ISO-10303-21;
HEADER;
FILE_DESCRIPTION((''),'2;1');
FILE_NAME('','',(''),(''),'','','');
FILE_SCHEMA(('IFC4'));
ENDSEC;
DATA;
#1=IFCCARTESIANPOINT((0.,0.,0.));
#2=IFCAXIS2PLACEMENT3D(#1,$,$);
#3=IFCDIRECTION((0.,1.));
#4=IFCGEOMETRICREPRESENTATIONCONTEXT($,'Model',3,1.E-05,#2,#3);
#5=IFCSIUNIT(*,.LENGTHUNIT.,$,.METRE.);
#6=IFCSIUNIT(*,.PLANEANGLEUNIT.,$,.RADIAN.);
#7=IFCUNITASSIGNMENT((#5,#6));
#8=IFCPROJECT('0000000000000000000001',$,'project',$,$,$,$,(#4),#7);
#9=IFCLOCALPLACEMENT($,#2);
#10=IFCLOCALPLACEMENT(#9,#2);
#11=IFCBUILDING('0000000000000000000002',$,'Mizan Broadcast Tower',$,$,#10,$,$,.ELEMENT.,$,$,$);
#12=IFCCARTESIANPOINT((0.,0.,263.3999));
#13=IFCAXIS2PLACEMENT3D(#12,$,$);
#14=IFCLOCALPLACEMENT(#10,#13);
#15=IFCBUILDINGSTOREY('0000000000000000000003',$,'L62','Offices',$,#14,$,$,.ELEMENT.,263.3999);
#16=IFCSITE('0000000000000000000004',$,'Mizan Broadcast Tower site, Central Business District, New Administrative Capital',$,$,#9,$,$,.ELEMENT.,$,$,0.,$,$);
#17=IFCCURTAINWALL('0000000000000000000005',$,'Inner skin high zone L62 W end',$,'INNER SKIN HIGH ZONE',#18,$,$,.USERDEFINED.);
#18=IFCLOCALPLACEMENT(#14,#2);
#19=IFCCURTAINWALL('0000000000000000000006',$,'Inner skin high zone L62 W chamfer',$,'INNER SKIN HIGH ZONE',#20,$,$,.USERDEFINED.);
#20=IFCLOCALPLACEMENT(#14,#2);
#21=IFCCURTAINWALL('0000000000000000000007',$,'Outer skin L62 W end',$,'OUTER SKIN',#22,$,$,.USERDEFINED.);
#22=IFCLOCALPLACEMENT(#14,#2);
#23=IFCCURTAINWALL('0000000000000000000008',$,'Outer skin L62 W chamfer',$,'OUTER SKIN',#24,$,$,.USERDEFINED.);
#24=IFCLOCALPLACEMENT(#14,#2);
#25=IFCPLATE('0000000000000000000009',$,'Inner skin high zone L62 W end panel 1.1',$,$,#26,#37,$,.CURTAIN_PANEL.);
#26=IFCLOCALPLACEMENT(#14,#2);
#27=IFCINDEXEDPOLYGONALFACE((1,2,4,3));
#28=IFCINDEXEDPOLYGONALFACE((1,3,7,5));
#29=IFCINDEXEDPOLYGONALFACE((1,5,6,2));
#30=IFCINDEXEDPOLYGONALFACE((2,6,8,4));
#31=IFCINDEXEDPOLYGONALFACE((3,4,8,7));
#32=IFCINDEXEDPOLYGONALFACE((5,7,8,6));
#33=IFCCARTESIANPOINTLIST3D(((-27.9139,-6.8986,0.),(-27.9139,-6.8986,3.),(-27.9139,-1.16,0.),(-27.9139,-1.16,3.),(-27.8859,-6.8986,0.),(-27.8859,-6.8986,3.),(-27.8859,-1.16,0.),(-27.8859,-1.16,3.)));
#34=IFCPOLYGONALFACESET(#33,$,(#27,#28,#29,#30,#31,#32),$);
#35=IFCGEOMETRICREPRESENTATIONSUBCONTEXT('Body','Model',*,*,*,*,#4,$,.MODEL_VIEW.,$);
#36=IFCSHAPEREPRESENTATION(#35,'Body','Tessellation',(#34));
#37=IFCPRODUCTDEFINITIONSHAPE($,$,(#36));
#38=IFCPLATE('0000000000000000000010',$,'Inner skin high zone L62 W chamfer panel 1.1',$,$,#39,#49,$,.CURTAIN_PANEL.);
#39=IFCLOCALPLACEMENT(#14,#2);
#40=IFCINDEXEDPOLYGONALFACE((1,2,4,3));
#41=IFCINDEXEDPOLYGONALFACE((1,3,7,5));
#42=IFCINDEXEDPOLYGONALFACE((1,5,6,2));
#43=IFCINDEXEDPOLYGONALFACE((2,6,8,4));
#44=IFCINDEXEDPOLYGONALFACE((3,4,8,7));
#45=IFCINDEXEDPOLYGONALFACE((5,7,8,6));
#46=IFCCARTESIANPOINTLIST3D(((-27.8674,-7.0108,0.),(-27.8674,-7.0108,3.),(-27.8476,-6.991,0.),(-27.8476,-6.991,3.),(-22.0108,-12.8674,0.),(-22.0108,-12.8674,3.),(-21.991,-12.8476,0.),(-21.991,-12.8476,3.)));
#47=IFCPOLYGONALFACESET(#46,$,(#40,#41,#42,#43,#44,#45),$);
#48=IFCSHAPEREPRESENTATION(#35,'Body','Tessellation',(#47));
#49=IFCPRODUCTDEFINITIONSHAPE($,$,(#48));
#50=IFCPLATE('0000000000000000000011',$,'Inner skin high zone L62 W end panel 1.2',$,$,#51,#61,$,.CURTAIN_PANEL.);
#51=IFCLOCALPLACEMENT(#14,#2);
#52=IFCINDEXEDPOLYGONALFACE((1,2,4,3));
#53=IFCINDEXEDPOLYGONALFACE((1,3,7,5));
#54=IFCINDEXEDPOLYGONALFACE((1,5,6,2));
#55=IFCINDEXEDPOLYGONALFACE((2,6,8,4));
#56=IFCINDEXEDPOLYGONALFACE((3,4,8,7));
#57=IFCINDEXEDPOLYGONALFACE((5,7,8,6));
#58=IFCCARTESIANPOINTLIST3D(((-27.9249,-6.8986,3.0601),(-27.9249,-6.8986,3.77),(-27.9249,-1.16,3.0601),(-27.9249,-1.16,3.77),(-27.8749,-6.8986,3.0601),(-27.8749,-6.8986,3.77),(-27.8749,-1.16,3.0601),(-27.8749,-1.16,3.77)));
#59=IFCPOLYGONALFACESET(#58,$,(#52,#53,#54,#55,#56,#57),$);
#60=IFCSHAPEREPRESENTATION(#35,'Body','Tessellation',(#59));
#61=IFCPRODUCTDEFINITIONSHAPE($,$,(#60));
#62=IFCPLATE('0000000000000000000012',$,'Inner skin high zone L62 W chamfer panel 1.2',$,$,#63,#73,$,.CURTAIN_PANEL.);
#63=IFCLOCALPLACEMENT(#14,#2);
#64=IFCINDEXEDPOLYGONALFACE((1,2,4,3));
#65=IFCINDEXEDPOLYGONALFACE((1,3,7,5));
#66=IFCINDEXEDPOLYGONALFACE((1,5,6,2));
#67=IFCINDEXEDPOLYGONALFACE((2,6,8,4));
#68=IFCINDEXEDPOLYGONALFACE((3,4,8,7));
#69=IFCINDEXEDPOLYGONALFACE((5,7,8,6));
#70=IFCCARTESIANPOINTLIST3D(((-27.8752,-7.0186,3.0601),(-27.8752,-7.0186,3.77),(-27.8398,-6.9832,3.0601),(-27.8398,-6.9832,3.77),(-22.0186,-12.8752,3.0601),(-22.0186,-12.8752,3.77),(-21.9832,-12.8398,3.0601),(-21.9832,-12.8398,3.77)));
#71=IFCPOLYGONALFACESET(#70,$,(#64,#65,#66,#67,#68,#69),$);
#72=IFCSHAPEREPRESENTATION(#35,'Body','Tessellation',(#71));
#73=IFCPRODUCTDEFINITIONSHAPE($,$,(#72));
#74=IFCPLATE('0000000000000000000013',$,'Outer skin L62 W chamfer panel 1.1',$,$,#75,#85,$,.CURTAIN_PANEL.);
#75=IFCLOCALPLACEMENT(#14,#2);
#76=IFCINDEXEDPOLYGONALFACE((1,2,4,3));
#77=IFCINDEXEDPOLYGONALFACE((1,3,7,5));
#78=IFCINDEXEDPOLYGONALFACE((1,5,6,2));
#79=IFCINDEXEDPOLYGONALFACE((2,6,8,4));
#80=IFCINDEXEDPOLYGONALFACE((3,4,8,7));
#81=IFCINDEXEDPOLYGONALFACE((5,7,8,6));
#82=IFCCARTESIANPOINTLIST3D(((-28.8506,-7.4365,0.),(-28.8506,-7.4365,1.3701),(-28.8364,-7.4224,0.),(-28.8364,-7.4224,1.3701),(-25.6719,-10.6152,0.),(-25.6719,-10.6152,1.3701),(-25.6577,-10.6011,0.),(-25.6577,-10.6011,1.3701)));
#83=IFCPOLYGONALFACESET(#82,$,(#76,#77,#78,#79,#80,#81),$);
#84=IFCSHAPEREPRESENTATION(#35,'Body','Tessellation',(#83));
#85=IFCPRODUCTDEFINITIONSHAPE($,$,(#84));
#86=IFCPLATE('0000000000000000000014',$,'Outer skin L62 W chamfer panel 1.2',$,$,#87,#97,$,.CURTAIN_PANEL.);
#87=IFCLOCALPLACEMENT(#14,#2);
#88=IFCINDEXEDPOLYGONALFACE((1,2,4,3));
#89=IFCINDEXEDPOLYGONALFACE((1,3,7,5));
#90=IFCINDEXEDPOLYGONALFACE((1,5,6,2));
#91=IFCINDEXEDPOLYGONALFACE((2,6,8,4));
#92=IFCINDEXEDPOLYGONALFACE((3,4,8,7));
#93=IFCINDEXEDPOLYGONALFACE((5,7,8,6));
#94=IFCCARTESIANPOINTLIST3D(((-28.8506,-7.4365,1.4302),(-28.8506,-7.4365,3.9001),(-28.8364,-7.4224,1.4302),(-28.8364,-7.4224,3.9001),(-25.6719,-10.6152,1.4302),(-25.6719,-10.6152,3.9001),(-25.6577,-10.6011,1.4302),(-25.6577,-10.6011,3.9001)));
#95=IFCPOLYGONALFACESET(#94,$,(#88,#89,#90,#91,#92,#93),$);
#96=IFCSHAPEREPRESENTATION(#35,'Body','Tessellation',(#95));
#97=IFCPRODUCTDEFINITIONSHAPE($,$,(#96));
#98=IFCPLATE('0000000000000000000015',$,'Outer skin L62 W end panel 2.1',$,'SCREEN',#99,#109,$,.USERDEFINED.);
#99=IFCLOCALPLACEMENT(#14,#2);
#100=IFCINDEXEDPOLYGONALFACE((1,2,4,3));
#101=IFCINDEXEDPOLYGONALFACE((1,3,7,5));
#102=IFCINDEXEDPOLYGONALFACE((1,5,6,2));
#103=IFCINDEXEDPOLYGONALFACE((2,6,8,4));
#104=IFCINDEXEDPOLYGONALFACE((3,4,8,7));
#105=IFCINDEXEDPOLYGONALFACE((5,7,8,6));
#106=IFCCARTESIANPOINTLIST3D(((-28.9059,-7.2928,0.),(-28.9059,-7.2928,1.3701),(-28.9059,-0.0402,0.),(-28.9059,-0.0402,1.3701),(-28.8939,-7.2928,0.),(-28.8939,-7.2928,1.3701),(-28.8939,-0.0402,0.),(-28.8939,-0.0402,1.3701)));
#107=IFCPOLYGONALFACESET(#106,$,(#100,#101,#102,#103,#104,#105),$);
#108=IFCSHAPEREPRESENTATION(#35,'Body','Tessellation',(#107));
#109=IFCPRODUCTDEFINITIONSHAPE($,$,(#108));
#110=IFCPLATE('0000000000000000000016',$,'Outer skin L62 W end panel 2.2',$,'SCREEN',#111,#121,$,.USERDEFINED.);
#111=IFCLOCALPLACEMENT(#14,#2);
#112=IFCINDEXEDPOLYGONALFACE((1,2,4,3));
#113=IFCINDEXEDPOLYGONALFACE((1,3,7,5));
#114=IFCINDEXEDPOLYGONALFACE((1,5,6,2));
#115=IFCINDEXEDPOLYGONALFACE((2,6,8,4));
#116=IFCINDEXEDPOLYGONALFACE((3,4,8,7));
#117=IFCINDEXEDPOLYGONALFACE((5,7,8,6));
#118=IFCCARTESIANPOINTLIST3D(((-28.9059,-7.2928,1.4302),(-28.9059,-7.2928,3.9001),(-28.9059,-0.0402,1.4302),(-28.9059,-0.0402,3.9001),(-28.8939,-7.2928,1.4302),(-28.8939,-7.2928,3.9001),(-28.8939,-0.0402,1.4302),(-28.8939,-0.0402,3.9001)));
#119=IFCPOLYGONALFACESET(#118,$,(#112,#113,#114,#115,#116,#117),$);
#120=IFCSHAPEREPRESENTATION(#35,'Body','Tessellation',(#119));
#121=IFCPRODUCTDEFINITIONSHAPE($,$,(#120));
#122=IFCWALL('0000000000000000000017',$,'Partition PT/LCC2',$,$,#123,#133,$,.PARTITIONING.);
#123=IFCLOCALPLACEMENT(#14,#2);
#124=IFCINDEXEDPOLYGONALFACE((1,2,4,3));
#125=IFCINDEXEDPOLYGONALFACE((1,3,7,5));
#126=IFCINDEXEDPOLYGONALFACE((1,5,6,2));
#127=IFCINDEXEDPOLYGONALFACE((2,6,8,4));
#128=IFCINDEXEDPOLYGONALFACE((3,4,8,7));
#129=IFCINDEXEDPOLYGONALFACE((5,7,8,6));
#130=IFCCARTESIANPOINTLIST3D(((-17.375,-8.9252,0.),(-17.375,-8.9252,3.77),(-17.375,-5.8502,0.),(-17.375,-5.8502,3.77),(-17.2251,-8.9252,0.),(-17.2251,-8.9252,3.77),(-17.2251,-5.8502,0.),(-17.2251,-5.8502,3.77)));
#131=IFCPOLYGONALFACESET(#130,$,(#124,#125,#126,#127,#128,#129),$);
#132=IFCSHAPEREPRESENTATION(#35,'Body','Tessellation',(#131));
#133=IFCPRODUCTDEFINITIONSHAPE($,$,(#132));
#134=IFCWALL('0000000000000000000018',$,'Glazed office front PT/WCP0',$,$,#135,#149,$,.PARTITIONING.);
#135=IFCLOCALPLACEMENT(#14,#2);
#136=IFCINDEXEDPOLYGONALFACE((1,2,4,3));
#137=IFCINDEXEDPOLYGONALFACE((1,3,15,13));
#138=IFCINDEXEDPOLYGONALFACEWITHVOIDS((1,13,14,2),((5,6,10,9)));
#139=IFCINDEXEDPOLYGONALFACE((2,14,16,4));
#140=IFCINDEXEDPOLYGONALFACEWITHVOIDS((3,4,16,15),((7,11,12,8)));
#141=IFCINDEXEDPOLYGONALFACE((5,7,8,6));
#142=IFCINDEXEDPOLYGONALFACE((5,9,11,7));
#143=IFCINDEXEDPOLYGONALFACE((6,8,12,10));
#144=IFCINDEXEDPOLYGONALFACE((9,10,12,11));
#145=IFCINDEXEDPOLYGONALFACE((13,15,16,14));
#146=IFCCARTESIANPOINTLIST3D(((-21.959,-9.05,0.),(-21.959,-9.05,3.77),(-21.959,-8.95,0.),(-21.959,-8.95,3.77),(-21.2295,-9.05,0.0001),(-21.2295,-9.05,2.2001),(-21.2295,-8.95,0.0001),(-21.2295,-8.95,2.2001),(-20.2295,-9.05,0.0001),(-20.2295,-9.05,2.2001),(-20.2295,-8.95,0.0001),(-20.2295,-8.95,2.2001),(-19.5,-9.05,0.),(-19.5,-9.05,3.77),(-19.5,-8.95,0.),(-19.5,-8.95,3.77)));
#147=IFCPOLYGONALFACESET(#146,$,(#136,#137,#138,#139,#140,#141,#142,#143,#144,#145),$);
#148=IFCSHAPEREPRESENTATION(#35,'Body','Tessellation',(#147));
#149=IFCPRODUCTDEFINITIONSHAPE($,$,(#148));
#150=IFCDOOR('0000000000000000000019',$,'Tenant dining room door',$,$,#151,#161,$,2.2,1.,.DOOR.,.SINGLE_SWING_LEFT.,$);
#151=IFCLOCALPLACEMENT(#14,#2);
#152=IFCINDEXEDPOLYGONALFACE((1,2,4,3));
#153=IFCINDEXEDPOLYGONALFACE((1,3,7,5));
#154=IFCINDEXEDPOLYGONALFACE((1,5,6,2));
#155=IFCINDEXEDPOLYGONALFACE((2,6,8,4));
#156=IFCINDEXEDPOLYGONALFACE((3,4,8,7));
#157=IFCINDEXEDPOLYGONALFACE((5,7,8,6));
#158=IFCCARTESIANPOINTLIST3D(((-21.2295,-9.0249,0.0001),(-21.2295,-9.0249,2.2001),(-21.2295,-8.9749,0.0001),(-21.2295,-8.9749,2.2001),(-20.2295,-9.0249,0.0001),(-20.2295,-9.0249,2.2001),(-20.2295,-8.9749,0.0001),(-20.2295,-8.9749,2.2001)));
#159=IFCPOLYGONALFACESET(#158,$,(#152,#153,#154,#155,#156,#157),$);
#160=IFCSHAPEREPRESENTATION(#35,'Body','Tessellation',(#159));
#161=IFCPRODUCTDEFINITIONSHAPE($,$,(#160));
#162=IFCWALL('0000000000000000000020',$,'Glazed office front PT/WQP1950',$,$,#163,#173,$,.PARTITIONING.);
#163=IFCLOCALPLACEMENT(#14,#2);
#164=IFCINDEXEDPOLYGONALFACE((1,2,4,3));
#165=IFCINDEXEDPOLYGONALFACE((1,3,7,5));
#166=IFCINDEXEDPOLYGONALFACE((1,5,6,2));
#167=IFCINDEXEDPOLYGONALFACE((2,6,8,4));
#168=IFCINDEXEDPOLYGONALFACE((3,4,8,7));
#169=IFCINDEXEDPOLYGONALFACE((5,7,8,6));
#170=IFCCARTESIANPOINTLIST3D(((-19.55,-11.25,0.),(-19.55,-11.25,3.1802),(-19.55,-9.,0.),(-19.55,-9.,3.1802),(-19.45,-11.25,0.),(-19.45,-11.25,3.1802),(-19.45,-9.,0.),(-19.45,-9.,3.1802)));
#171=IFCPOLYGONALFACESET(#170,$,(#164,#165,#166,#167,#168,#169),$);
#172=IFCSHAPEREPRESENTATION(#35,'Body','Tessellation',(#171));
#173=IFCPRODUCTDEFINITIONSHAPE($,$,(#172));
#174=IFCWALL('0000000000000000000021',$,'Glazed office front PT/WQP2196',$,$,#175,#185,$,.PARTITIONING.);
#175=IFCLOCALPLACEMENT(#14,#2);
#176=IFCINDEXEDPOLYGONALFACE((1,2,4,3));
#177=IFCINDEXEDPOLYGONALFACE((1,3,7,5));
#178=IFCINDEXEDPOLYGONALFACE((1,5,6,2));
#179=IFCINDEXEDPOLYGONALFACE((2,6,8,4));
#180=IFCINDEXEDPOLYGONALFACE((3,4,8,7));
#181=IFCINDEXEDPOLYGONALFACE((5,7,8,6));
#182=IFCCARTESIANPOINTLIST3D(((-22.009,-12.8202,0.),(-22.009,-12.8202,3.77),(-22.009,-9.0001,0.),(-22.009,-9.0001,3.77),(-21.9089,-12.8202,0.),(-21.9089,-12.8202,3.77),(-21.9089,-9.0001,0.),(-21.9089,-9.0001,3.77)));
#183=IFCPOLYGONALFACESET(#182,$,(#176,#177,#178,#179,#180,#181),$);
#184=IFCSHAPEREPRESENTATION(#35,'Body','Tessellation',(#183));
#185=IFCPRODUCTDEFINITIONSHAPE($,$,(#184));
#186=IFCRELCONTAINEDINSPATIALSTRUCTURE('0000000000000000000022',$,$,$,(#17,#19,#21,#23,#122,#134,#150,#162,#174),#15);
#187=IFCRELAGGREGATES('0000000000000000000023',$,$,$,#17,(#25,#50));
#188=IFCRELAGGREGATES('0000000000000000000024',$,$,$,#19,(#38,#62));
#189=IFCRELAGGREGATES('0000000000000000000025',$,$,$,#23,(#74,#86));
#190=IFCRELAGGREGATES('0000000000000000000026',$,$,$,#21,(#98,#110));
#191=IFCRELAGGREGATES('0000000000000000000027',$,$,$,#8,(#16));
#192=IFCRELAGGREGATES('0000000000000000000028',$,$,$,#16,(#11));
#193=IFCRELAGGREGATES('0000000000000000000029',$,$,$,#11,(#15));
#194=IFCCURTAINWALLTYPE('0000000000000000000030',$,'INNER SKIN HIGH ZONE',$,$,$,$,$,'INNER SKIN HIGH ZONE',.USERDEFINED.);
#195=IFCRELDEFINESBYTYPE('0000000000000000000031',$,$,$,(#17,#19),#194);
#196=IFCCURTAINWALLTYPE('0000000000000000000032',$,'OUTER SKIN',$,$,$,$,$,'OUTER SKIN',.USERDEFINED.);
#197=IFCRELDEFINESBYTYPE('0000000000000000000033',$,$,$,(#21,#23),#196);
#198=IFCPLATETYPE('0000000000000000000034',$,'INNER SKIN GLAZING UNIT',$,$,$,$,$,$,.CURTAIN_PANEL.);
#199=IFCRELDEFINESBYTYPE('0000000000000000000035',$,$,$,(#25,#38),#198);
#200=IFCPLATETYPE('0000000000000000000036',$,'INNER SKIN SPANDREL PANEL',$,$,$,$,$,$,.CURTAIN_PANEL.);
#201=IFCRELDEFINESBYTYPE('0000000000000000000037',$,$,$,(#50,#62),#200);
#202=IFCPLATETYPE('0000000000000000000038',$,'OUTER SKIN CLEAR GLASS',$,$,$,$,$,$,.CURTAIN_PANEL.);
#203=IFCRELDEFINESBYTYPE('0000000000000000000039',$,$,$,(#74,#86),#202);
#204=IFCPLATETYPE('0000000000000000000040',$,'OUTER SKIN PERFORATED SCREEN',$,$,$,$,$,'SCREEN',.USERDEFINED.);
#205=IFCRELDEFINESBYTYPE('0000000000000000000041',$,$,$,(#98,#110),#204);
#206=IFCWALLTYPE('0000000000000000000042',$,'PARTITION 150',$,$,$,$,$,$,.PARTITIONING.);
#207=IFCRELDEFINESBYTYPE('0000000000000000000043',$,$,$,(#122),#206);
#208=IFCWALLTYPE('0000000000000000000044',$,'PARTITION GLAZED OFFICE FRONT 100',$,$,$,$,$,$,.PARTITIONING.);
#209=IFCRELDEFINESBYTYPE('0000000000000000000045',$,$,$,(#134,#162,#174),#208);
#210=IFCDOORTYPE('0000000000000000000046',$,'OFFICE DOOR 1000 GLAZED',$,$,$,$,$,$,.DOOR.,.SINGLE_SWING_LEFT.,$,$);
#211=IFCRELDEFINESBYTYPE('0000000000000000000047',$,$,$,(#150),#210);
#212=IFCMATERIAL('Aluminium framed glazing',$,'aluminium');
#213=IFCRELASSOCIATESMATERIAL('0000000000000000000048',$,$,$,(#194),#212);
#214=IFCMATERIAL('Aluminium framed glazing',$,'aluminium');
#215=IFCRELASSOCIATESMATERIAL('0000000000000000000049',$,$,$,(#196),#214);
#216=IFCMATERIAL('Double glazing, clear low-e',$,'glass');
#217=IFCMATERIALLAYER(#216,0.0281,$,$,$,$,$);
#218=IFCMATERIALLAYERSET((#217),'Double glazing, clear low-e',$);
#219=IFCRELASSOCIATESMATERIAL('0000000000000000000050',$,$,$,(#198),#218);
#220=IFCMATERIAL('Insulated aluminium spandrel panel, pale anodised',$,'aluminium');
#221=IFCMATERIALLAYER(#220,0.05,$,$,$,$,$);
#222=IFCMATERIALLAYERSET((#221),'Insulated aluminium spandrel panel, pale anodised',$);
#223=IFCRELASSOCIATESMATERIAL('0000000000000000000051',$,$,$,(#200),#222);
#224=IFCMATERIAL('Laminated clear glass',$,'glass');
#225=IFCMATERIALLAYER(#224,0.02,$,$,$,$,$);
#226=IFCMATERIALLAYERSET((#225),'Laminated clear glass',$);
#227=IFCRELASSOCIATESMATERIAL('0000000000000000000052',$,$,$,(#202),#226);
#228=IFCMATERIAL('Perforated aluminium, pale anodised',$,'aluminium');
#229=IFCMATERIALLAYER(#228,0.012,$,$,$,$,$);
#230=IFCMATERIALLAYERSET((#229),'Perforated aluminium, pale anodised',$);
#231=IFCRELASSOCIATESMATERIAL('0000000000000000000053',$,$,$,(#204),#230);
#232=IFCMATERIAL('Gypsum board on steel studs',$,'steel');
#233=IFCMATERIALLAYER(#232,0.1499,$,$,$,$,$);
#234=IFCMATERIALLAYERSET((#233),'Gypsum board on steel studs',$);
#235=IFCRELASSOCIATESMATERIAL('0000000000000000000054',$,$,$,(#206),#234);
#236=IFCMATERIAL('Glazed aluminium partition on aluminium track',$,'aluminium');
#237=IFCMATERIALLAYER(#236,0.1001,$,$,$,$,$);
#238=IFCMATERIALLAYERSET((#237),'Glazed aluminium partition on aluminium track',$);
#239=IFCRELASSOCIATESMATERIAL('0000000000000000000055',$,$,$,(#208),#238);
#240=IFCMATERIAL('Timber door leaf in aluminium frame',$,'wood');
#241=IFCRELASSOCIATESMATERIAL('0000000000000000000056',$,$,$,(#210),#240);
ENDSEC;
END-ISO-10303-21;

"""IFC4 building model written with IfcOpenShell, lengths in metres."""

from ifc_helpers import new_model, si_unit, direction, frame, frame_2d, origin, origin_2d, place, context, subcontext, project, spatial, rectangle, extrude, material, layer, layer_set, type_object, element, fill, aggregate, save


model = new_model("IFC4")

# Units and contexts
model_context = context("Model", 3, precision=1e-05, world=origin(), true_north=direction((0.0, 1.0)))
body_context = subcontext(model_context, "Body", "Model", "MODEL_VIEW")
ifc_project = project(units=[si_unit("LENGTHUNIT", "METRE"), si_unit("PLANEANGLEUNIT", "RADIAN")], contexts=[model_context])

# Site, building, storey
site_placement = place(None, origin())
site = spatial("IfcSite", under=ifc_project, at=site_placement, Name="Mizan Broadcast Tower site, Central Business District, New Administrative Capital", CompositionType="ELEMENT", RefElevation=0.0)
building_placement = place(site_placement, origin())
building = spatial("IfcBuilding", under=site, at=building_placement, Name="Mizan Broadcast Tower", CompositionType="ELEMENT")
storey_placement = place(building_placement, frame((0.0, 0.0, 263.3999)))
storey = spatial("IfcBuildingStorey", under=building, at=storey_placement, Name="L62", Description="Offices", CompositionType="ELEMENT", Elevation=263.3999)

# Curtain wall
ifc_material_1 = material(Name="Aluminium framed glazing", Category="aluminium")
curtain_wall_type_1 = type_object("IfcCurtainWallType", Name="INNER SKIN HIGH ZONE", ElementType="INNER SKIN HIGH ZONE", PredefinedType="USERDEFINED", material=ifc_material_1)
curtain_wall_1_placement = place(storey_placement, origin())
curtain_wall_1 = element("IfcCurtainWall", 1, at=curtain_wall_1_placement, inside=storey, type_object=curtain_wall_type_1, Name="Inner skin high zone L62 W end", ObjectType="INNER SKIN HIGH ZONE", PredefinedType="USERDEFINED")

# Curtain walls
curtain_wall_2_placement = place(storey_placement, origin())
curtain_wall_2 = element("IfcCurtainWall", 2, at=curtain_wall_2_placement, inside=storey, type_object=curtain_wall_type_1, Name="Inner skin high zone L62 W chamfer", ObjectType="INNER SKIN HIGH ZONE", PredefinedType="USERDEFINED")
ifc_material_2 = material(Name="Aluminium framed glazing", Category="aluminium")
curtain_wall_type_2 = type_object("IfcCurtainWallType", Name="OUTER SKIN", ElementType="OUTER SKIN", PredefinedType="USERDEFINED", material=ifc_material_2)
curtain_wall_3_placement = place(storey_placement, origin())
curtain_wall_3 = element("IfcCurtainWall", 3, at=curtain_wall_3_placement, inside=storey, type_object=curtain_wall_type_2, Name="Outer skin L62 W end", ObjectType="OUTER SKIN", PredefinedType="USERDEFINED")

# Curtain wall
curtain_wall_4_placement = place(storey_placement, origin())
curtain_wall_4 = element("IfcCurtainWall", 4, at=curtain_wall_4_placement, inside=storey, type_object=curtain_wall_type_2, Name="Outer skin L62 W chamfer", ObjectType="OUTER SKIN", PredefinedType="USERDEFINED")

# Plates
ifc_material_3 = material(Name="Double glazing, clear low-e", Category="glass")
ifc_layer_1 = layer(ifc_material_3, 0.0281)
ifc_layer_set_1 = layer_set([ifc_layer_1], Name="Double glazing, clear low-e")
plate_type_1 = type_object("IfcPlateType", Name="INNER SKIN GLAZING UNIT", PredefinedType="CURTAIN_PANEL", material=ifc_layer_set_1)
plate_1_placement = place(storey_placement, frame((-27.8999, -4.0293, 0.0), z_axis=(0.0, 0.0, 1.0), x_axis=(0.0, -1.0, 0.0)))
plate_1 = element("IfcPlate", 5, at=plate_1_placement, type_object=plate_type_1, Name="Inner skin high zone L62 W end panel 1.1", PredefinedType="CURTAIN_PANEL", context=body_context, shape_type="SweptSolid", body=[
    extrude(rectangle(XDim=5.7385, YDim=0.0281, at=origin_2d()), origin(), (0.0, 0.0, 1.0), 3.0),
])
plate_2_placement = place(storey_placement, frame((-24.9292, -9.9292, 0.0), z_axis=(0.0, 0.0, 1.0), x_axis=(0.707107, -0.707107, 0.0)))
plate_2 = element("IfcPlate", 6, at=plate_2_placement, type_object=plate_type_1, Name="Inner skin high zone L62 W chamfer panel 1.1", PredefinedType="CURTAIN_PANEL", context=body_context, shape_type="SweptSolid", body=[
    extrude(rectangle(XDim=8.2825, YDim=0.0281, at=origin_2d()), origin(), (0.0, 0.0, 1.0), 3.0),
])
ifc_material_4 = material(Name="Insulated aluminium spandrel panel, pale anodised", Category="aluminium")
ifc_layer_2 = layer(ifc_material_4, 0.05)
ifc_layer_set_2 = layer_set([ifc_layer_2], Name="Insulated aluminium spandrel panel, pale anodised")
plate_type_2 = type_object("IfcPlateType", Name="INNER SKIN SPANDREL PANEL", PredefinedType="CURTAIN_PANEL", material=ifc_layer_set_2)
plate_3_placement = place(storey_placement, frame((-27.8999, -4.0293, 3.0601), z_axis=(0.0, 0.0, 1.0), x_axis=(0.0, -1.0, 0.0)))
plate_3 = element("IfcPlate", 7, at=plate_3_placement, type_object=plate_type_2, Name="Inner skin high zone L62 W end panel 1.2", PredefinedType="CURTAIN_PANEL", context=body_context, shape_type="SweptSolid", body=[
    extrude(rectangle(XDim=5.7385, YDim=0.05, at=origin_2d()), origin(), (0.0, 0.0, 1.0), 0.71),
])
aggregate(curtain_wall_1, [plate_1, plate_3])
plate_4_placement = place(storey_placement, frame((-24.9292, -9.9292, 3.0601), z_axis=(0.0, 0.0, 1.0), x_axis=(0.707107, -0.707107, 0.0)))
plate_4 = element("IfcPlate", 8, at=plate_4_placement, type_object=plate_type_2, Name="Inner skin high zone L62 W chamfer panel 1.2", PredefinedType="CURTAIN_PANEL", context=body_context, shape_type="SweptSolid", body=[
    extrude(rectangle(XDim=8.2825, YDim=0.05, at=origin_2d()), origin(), (0.0, 0.0, 1.0), 0.71),
])
aggregate(curtain_wall_2, [plate_2, plate_4])
ifc_material_5 = material(Name="Laminated clear glass", Category="glass")
ifc_layer_3 = layer(ifc_material_5, 0.02)
ifc_layer_set_3 = layer_set([ifc_layer_3], Name="Laminated clear glass")
plate_type_3 = type_object("IfcPlateType", Name="OUTER SKIN CLEAR GLASS", PredefinedType="CURTAIN_PANEL", material=ifc_layer_set_3)
plate_5_placement = place(storey_placement, frame((-27.2542, -9.0188, 0.0), z_axis=(0.0, 0.0, 1.0), x_axis=(0.707107, -0.707107, 0.0)))
plate_5 = element("IfcPlate", 9, at=plate_5_placement, type_object=plate_type_3, Name="Outer skin L62 W chamfer panel 1.1", PredefinedType="CURTAIN_PANEL", context=body_context, shape_type="SweptSolid", body=[
    extrude(rectangle(XDim=4.4954, YDim=0.02, at=origin_2d()), origin(), (0.0, 0.0, 1.0), 1.3701),
])
plate_6_placement = place(storey_placement, frame((-27.2542, -9.0188, 1.4302), z_axis=(0.0, 0.0, 1.0), x_axis=(0.707107, -0.707107, 0.0)))
plate_6 = element("IfcPlate", 10, at=plate_6_placement, type_object=plate_type_3, Name="Outer skin L62 W chamfer panel 1.2", PredefinedType="CURTAIN_PANEL", context=body_context, shape_type="SweptSolid", body=[
    extrude(rectangle(XDim=4.4954, YDim=0.02, at=origin_2d()), origin(), (0.0, 0.0, 1.0), 2.47),
])
aggregate(curtain_wall_4, [plate_5, plate_6])
ifc_material_6 = material(Name="Perforated aluminium, pale anodised", Category="aluminium")
ifc_layer_4 = layer(ifc_material_6, 0.012)
ifc_layer_set_4 = layer_set([ifc_layer_4], Name="Perforated aluminium, pale anodised")
plate_type_4 = type_object("IfcPlateType", Name="OUTER SKIN PERFORATED SCREEN", ElementType="SCREEN", PredefinedType="USERDEFINED", material=ifc_layer_set_4)
plate_7_placement = place(storey_placement, frame((-28.8999, -3.6665, 0.0), z_axis=(0.0, 0.0, 1.0), x_axis=(0.0, -1.0, 0.0)))
plate_7 = element("IfcPlate", 11, at=plate_7_placement, type_object=plate_type_4, Name="Outer skin L62 W end panel 2.1", ObjectType="SCREEN", PredefinedType="USERDEFINED", context=body_context, shape_type="SweptSolid", body=[
    extrude(rectangle(XDim=7.2527, YDim=0.012, at=origin_2d()), origin(), (0.0, 0.0, 1.0), 1.3701),
])
plate_8_placement = place(storey_placement, frame((-28.8999, -3.6665, 1.4302), z_axis=(0.0, 0.0, 1.0), x_axis=(0.0, -1.0, 0.0)))
plate_8 = element("IfcPlate", 12, at=plate_8_placement, type_object=plate_type_4, Name="Outer skin L62 W end panel 2.2", ObjectType="SCREEN", PredefinedType="USERDEFINED", context=body_context, shape_type="SweptSolid", body=[
    extrude(rectangle(XDim=7.2527, YDim=0.012, at=origin_2d()), origin(), (0.0, 0.0, 1.0), 2.47),
])
aggregate(curtain_wall_3, [plate_7, plate_8])

# Wall
ifc_material_7 = material(Name="Gypsum board on steel studs", Category="steel")
ifc_layer_5 = layer(ifc_material_7, 0.1499)
ifc_layer_set_5 = layer_set([ifc_layer_5], Name="Gypsum board on steel studs")
wall_type_1 = type_object("IfcWallType", Name="PARTITION 150", PredefinedType="PARTITIONING", material=ifc_layer_set_5)
wall_1_placement = place(storey_placement, frame((-17.3, -5.8501, 0.0), z_axis=(0.0, 0.0, 1.0), x_axis=(0.0, -1.0, 0.0)))
element("IfcWall", 13, at=wall_1_placement, inside=storey, type_object=wall_type_1, Name="Partition PT/LCC2", PredefinedType="PARTITIONING", context=body_context, shape_type="SweptSolid", body=[
    extrude(rectangle(XDim=3.075, YDim=0.1499, at=frame_2d((1.5376, 0.0))), origin(), (0.0, 0.0, 1.0), 3.77),
])

# Wall, opening, door
ifc_material_8 = material(Name="Glazed aluminium partition on aluminium track", Category="aluminium")
ifc_layer_6 = layer(ifc_material_8, 0.1001)
ifc_layer_set_6 = layer_set([ifc_layer_6], Name="Glazed aluminium partition on aluminium track")
wall_type_2 = type_object("IfcWallType", Name="PARTITION GLAZED OFFICE FRONT 100", PredefinedType="PARTITIONING", material=ifc_layer_set_6)
wall_2_placement = place(storey_placement, frame((-19.5, -9.0, 0.0), z_axis=(0.0, 0.0, 1.0), x_axis=(-1.0, 0.0, 0.0)))
wall_2 = element("IfcWall", 14, at=wall_2_placement, inside=storey, type_object=wall_type_2, Name="Glazed office front PT/WCP0", PredefinedType="PARTITIONING", context=body_context, shape_type="SweptSolid", body=[
    extrude(rectangle(XDim=2.459, YDim=0.1001, at=frame_2d((1.2295, 0.0))), origin(), (0.0, 0.0, 1.0), 3.77),
])
opening_placement = place(wall_2_placement, frame((0.7295, 0.0, 0.0)))
opening = element("IfcOpeningElement", 15, at=opening_placement, cuts=wall_2, PredefinedType="OPENING", context=body_context, shape_type="SweptSolid", body=[
    extrude(rectangle(XDim=1.0, YDim=2.2, at=frame_2d((0.5, 1.1001))), frame((0.0, 0.0601, 0.0), z_axis=(0.0, -1.0, 0.0), x_axis=(1.0, 0.0, 0.0)), (0.0, 0.0, 1.0), 0.1201),
])
ifc_material_9 = material(Name="Timber door leaf in aluminium frame", Category="wood")
door_type = type_object("IfcDoorType", Name="OFFICE DOOR 1000 GLAZED", OperationType="SINGLE_SWING_LEFT", PredefinedType="DOOR", material=ifc_material_9)
door_placement = place(opening_placement, origin())
door = element("IfcDoor", 16, at=door_placement, inside=storey, type_object=door_type, Name="Tenant dining room door", OperationType="SINGLE_SWING_LEFT", OverallHeight=2.2, OverallWidth=1.0, PredefinedType="DOOR", context=body_context, shape_type="SweptSolid", body=[
    extrude(rectangle(XDim=1.0, YDim=2.2, at=frame_2d((0.5, 1.1001))), frame((0.0, 0.0249, 0.0), z_axis=(0.0, -1.0, 0.0), x_axis=(1.0, 0.0, 0.0)), (0.0, 0.0, 1.0), 0.05),
])
fill(opening, door)

# Walls
wall_3_placement = place(storey_placement, frame((-19.5, -9.0, 0.0), z_axis=(0.0, 0.0, 1.0), x_axis=(0.0, -1.0, 0.0)))
element("IfcWall", 17, at=wall_3_placement, inside=storey, type_object=wall_type_2, Name="Glazed office front PT/WQP1950", PredefinedType="PARTITIONING", context=body_context, shape_type="SweptSolid", body=[
    extrude(rectangle(XDim=2.25, YDim=0.1001, at=frame_2d((1.125, 0.0))), origin(), (0.0, 0.0, 1.0), 3.1802),
])
wall_4_placement = place(storey_placement, frame((-21.959, -9.0, 0.0), z_axis=(0.0, 0.0, 1.0), x_axis=(0.0, -1.0, 0.0)))
element("IfcWall", 18, at=wall_4_placement, inside=storey, type_object=wall_type_2, Name="Glazed office front PT/WQP2196", PredefinedType="PARTITIONING", context=body_context, shape_type="SweptSolid", body=[
    extrude(rectangle(XDim=3.8201, YDim=0.1001, at=frame_2d((1.9102, 0.0))), origin(), (0.0, 0.0, 1.0), 3.77),
])

save(model, "model.ifc")
